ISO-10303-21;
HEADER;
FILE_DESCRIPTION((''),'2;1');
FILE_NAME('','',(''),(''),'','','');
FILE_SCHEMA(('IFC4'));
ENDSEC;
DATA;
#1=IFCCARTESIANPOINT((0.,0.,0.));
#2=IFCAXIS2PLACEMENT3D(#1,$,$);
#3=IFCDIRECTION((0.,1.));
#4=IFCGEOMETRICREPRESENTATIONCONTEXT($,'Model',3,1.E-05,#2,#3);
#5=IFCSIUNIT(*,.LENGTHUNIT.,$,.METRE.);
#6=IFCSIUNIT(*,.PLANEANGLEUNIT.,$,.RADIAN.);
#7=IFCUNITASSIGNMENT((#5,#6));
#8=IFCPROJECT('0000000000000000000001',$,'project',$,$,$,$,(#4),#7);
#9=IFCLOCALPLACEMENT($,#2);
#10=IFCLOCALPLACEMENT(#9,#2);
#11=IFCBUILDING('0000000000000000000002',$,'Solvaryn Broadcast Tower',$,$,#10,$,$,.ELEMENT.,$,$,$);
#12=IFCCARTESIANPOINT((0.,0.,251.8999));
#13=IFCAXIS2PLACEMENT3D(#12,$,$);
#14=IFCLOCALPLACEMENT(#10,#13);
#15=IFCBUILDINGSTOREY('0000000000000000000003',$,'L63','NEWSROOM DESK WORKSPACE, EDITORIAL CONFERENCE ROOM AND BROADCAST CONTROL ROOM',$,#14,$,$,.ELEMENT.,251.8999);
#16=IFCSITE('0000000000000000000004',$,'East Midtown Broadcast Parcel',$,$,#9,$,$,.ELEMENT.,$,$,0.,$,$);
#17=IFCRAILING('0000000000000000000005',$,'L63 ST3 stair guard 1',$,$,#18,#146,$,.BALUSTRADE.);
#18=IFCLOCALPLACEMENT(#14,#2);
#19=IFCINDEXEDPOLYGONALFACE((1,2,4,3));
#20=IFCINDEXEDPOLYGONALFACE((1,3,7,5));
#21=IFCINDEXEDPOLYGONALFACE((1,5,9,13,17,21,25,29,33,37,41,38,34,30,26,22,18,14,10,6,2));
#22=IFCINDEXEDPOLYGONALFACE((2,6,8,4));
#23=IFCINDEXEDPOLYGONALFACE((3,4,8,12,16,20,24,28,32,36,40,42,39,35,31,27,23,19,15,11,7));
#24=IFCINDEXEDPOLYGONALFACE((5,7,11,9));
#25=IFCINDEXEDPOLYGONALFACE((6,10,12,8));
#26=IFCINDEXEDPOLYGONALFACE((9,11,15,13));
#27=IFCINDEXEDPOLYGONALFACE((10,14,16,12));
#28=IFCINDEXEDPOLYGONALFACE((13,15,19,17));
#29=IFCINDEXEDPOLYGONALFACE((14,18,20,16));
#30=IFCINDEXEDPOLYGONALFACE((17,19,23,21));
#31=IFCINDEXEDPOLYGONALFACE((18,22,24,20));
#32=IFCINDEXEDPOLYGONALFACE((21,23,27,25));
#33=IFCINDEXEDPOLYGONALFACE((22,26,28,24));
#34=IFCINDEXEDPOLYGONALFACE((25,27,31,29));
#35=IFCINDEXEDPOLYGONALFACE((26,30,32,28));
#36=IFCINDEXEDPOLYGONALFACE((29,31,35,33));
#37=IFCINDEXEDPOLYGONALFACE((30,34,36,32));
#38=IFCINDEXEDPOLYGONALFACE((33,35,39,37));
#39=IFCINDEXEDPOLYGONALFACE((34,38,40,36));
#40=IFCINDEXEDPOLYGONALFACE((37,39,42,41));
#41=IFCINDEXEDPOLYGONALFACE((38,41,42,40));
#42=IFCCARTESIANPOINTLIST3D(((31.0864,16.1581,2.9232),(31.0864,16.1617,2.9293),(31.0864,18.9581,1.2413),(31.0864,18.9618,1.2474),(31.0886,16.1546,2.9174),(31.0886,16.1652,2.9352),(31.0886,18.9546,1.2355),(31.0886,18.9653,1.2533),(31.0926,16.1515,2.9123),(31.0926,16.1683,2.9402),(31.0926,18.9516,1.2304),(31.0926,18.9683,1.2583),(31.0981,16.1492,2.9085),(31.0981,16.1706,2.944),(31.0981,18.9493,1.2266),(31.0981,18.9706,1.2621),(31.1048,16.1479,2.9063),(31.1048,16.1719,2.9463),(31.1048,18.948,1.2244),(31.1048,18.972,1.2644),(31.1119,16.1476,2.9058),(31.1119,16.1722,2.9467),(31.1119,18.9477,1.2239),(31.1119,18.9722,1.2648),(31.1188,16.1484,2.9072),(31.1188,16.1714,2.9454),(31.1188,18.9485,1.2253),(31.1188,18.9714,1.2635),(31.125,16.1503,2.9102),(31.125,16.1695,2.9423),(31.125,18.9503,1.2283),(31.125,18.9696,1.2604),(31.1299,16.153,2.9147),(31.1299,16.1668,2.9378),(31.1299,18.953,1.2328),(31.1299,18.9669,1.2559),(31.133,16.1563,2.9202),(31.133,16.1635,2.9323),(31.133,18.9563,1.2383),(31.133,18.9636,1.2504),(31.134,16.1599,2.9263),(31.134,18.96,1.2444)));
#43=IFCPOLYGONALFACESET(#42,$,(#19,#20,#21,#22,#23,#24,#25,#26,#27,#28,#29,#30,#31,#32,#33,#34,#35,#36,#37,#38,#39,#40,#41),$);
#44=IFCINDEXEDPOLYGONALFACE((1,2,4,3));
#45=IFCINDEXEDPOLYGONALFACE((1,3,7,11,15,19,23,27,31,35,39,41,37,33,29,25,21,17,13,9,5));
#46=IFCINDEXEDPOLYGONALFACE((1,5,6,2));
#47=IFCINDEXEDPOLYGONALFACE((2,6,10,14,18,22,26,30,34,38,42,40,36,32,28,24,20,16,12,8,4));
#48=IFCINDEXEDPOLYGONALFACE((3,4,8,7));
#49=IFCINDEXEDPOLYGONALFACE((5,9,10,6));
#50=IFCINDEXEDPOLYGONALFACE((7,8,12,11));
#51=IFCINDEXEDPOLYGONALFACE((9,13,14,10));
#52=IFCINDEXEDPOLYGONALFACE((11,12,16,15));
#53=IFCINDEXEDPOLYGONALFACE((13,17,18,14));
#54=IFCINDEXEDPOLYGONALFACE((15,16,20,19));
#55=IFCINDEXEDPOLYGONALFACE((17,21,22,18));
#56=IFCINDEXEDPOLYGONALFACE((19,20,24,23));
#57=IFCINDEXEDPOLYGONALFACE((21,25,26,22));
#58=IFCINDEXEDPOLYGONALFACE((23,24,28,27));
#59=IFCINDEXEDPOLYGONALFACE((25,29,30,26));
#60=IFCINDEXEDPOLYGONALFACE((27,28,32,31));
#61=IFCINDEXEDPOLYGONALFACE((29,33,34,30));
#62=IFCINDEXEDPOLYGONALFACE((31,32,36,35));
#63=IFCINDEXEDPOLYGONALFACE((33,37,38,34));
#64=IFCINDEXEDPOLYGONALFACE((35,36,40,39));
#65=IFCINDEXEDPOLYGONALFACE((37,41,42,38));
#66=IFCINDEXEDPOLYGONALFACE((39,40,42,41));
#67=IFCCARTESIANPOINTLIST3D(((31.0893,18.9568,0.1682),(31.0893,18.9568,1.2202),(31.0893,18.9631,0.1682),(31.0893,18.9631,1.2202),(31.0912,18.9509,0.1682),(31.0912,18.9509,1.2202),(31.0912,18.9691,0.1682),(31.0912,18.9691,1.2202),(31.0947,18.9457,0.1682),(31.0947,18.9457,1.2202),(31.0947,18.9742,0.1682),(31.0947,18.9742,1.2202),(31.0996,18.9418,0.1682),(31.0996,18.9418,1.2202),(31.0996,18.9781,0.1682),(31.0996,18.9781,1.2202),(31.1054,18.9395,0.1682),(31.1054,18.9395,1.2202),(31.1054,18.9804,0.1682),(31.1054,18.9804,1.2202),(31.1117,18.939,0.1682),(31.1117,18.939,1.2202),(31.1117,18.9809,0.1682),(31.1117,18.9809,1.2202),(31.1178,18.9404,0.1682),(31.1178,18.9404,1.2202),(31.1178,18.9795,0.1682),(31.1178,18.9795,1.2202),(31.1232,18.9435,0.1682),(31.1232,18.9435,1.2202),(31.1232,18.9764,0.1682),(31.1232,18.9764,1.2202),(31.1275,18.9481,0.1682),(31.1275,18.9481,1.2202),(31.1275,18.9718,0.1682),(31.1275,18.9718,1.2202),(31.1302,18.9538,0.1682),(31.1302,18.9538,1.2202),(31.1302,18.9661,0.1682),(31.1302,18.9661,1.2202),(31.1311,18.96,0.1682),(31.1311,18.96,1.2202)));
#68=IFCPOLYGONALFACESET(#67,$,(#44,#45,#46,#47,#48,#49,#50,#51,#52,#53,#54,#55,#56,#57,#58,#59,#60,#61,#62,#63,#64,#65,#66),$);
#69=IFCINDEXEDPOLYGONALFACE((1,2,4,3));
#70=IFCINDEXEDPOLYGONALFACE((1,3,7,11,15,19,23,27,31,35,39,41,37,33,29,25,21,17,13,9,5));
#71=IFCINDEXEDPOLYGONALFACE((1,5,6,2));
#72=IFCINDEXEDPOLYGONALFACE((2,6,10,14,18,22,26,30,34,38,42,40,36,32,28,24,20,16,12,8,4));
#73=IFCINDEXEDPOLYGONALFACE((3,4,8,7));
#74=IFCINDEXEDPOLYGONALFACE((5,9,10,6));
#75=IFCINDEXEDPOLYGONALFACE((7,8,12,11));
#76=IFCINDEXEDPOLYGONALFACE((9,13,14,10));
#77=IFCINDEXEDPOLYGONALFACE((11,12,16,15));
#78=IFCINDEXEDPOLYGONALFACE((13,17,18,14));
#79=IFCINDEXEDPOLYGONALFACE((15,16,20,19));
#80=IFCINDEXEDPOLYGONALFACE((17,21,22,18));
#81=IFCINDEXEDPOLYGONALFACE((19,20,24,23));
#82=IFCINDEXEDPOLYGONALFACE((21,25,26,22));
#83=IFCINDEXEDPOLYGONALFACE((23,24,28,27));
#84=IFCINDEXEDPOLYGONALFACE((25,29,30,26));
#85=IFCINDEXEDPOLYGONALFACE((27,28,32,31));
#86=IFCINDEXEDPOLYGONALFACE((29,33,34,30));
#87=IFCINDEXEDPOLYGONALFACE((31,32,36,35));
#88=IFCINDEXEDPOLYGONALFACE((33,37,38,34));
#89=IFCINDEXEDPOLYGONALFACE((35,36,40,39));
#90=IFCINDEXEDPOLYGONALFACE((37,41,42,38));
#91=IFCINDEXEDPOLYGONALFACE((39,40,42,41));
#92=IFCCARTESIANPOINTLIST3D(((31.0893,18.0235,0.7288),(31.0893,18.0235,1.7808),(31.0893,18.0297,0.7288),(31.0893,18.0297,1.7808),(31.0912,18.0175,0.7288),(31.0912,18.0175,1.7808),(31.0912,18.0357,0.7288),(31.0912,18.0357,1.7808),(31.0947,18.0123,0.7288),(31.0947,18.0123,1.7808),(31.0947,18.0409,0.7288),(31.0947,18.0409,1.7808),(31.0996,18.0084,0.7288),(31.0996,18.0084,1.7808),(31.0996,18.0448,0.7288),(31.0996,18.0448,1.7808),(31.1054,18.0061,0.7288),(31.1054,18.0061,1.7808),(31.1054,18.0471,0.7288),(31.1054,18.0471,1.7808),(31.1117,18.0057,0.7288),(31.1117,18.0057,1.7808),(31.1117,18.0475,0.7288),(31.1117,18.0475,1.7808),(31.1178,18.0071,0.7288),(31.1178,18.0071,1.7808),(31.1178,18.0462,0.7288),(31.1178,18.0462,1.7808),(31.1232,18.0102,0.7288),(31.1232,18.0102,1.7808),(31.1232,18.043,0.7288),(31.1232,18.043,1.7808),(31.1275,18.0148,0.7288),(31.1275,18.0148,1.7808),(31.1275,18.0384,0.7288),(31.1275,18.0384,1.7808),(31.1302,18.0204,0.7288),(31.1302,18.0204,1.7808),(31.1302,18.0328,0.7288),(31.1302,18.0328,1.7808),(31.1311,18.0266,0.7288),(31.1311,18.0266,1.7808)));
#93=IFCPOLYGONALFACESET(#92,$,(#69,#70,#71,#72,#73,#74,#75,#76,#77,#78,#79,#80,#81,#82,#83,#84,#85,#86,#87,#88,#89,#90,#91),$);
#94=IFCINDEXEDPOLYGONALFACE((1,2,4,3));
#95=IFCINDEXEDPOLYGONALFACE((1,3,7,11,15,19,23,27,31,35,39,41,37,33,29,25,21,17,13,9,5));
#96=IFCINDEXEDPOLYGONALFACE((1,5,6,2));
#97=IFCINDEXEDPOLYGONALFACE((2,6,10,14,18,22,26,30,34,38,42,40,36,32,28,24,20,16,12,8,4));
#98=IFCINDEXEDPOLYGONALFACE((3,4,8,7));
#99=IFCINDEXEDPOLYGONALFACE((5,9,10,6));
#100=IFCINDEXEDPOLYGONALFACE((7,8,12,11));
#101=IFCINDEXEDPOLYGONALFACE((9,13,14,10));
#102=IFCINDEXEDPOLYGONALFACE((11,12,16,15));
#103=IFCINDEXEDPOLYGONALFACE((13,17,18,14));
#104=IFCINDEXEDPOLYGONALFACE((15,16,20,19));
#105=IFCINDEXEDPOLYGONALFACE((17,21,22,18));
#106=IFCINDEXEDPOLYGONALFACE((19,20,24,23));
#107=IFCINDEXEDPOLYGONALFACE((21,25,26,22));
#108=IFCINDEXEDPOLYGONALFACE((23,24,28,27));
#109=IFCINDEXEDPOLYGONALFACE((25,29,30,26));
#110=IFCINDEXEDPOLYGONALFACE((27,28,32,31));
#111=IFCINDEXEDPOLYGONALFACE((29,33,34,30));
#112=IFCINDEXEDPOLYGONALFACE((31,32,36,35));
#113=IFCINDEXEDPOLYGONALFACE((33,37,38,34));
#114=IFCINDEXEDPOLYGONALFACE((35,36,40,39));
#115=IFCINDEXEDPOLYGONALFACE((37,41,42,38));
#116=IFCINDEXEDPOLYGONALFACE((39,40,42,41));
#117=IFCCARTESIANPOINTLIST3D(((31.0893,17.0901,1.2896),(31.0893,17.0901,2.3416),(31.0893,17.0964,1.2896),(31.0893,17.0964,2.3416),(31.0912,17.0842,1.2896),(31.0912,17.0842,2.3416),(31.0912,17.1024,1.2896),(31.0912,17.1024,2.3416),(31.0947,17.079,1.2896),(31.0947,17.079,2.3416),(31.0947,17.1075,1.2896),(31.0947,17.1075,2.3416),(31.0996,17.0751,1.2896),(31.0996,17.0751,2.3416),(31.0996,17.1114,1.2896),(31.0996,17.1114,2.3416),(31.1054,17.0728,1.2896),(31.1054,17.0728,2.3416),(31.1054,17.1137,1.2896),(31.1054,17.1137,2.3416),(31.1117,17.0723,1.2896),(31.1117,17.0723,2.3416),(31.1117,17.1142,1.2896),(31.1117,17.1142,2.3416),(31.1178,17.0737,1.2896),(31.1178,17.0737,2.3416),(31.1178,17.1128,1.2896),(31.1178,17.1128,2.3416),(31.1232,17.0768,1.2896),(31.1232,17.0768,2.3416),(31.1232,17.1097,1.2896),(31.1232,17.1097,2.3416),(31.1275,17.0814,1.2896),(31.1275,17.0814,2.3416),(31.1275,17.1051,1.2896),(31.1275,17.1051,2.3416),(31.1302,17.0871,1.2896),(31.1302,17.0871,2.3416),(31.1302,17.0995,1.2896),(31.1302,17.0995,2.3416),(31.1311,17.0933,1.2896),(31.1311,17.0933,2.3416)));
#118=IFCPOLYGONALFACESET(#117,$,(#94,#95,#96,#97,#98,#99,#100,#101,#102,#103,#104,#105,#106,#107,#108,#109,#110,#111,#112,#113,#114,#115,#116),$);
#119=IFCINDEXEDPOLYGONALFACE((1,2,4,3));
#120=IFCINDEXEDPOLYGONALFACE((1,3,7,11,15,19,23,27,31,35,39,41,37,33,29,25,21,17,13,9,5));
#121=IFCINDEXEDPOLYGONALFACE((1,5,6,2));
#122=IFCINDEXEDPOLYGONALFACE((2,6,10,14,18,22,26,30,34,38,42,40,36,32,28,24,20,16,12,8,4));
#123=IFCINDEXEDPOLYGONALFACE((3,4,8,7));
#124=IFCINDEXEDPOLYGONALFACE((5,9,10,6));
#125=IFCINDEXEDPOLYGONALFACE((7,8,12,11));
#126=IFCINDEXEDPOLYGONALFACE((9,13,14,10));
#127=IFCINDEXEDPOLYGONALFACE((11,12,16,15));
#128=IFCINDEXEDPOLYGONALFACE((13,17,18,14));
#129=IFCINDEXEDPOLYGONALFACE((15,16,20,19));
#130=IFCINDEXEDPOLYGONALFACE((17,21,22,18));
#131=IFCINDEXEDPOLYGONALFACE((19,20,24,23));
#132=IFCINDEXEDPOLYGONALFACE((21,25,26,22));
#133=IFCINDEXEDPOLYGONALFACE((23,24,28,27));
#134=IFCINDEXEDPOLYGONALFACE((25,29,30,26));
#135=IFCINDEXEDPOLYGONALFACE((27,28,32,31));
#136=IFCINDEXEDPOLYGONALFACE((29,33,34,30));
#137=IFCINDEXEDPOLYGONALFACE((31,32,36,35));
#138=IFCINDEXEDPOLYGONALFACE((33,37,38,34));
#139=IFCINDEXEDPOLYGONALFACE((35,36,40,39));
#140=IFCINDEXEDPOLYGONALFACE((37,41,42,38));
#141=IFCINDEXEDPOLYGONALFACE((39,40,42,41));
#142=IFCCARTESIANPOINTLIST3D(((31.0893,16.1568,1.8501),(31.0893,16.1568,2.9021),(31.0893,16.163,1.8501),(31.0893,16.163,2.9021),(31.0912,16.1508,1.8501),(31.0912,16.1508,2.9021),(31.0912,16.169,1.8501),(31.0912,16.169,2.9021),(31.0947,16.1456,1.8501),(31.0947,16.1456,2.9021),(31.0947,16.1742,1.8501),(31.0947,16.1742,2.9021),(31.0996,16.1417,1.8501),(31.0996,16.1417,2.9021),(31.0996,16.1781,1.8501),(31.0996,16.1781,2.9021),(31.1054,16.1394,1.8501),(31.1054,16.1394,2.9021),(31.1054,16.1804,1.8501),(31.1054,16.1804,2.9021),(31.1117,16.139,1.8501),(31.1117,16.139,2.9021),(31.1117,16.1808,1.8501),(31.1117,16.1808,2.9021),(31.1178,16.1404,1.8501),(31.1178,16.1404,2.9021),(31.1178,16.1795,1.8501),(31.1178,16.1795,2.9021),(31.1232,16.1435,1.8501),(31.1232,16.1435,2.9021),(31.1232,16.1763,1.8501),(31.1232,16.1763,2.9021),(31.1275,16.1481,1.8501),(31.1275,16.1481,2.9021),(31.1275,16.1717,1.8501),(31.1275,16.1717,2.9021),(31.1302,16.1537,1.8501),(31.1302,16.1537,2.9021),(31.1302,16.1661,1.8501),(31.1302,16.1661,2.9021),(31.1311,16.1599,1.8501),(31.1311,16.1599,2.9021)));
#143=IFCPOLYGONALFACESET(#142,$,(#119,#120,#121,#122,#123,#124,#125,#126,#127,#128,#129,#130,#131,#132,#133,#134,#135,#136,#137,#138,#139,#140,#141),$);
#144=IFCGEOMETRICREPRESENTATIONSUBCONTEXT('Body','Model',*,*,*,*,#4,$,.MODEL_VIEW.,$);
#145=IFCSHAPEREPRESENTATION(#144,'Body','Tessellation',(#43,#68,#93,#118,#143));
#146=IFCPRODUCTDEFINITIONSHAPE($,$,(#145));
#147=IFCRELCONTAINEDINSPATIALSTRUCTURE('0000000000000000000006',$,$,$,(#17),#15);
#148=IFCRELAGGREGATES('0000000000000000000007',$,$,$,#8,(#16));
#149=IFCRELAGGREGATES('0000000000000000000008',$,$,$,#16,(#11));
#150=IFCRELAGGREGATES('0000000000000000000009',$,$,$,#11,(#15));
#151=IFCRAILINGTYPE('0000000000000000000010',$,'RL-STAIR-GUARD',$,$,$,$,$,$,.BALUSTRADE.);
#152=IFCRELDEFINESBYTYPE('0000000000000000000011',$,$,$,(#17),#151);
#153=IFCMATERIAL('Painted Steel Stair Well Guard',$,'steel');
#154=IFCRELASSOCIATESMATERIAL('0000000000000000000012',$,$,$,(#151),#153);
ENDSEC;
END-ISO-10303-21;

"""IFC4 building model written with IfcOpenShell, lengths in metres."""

from ifc_helpers import new_model, si_unit, direction, frame, origin, origin_2d, place, context, subcontext, project, spatial, circle, extrude, material, type_object, element, save


model = new_model("IFC4")

# Units and contexts
model_context = context("Model", 3, precision=1e-05, world=origin(), true_north=direction((0.0, 1.0)))
body_context = subcontext(model_context, "Body", "Model", "MODEL_VIEW")
ifc_project = project(units=[si_unit("LENGTHUNIT", "METRE"), si_unit("PLANEANGLEUNIT", "RADIAN")], contexts=[model_context])

# Site, building, storey
site_placement = place(None, origin())
site = spatial("IfcSite", under=ifc_project, at=site_placement, Name="East Midtown Broadcast Parcel", CompositionType="ELEMENT", RefElevation=0.0)
building_placement = place(site_placement, origin())
building = spatial("IfcBuilding", under=site, at=building_placement, Name="Solvaryn Broadcast Tower", CompositionType="ELEMENT")
storey_placement = place(building_placement, frame((0.0, 0.0, 251.8999)))
storey = spatial("IfcBuildingStorey", under=building, at=storey_placement, Name="L63", Description="NEWSROOM DESK WORKSPACE, EDITORIAL CONFERENCE ROOM AND BROADCAST CONTROL ROOM", CompositionType="ELEMENT", Elevation=251.8999)

# Railing
ifc_material_1 = material(Name="Painted Steel Stair Well Guard", Category="steel")
railing_type_1 = type_object("IfcRailingType", Name="RL-STAIR-GUARD", PredefinedType="BALUSTRADE", material=ifc_material_1)
railing_1_placement = place(storey_placement, frame((31.1101, 18.96, 0.1682)))
element("IfcRailing", 1, at=railing_1_placement, inside=storey, type_object=railing_type_1, Name="L63 ST3 stair guard 1", PredefinedType="BALUSTRADE", context=body_context, shape_type="SweptSolid", body=[
    extrude(circle(Radius=0.0239, at=origin_2d()), frame((0.0, 0.0, 1.0762), z_axis=(0.0, -0.857242, 0.514913), x_axis=(1.0, 0.0, 0.0)), (0.0, 0.0, 1.0), 3.2664),
    extrude(circle(Radius=0.021, at=origin_2d()), origin(), (0.0, 0.0, 1.0), 1.052),
    extrude(circle(Radius=0.021, at=origin_2d()), frame((0.0, -0.9333, 0.5605)), (0.0, 0.0, 1.0), 1.052),
    extrude(circle(Radius=0.021, at=origin_2d()), frame((0.0, -1.8667, 1.1213)), (0.0, 0.0, 1.0), 1.052),
    extrude(circle(Radius=0.021, at=origin_2d()), frame((0.0, -2.8, 1.6819)), (0.0, 0.0, 1.0), 1.052),
])

save(model, "model.ifc")
